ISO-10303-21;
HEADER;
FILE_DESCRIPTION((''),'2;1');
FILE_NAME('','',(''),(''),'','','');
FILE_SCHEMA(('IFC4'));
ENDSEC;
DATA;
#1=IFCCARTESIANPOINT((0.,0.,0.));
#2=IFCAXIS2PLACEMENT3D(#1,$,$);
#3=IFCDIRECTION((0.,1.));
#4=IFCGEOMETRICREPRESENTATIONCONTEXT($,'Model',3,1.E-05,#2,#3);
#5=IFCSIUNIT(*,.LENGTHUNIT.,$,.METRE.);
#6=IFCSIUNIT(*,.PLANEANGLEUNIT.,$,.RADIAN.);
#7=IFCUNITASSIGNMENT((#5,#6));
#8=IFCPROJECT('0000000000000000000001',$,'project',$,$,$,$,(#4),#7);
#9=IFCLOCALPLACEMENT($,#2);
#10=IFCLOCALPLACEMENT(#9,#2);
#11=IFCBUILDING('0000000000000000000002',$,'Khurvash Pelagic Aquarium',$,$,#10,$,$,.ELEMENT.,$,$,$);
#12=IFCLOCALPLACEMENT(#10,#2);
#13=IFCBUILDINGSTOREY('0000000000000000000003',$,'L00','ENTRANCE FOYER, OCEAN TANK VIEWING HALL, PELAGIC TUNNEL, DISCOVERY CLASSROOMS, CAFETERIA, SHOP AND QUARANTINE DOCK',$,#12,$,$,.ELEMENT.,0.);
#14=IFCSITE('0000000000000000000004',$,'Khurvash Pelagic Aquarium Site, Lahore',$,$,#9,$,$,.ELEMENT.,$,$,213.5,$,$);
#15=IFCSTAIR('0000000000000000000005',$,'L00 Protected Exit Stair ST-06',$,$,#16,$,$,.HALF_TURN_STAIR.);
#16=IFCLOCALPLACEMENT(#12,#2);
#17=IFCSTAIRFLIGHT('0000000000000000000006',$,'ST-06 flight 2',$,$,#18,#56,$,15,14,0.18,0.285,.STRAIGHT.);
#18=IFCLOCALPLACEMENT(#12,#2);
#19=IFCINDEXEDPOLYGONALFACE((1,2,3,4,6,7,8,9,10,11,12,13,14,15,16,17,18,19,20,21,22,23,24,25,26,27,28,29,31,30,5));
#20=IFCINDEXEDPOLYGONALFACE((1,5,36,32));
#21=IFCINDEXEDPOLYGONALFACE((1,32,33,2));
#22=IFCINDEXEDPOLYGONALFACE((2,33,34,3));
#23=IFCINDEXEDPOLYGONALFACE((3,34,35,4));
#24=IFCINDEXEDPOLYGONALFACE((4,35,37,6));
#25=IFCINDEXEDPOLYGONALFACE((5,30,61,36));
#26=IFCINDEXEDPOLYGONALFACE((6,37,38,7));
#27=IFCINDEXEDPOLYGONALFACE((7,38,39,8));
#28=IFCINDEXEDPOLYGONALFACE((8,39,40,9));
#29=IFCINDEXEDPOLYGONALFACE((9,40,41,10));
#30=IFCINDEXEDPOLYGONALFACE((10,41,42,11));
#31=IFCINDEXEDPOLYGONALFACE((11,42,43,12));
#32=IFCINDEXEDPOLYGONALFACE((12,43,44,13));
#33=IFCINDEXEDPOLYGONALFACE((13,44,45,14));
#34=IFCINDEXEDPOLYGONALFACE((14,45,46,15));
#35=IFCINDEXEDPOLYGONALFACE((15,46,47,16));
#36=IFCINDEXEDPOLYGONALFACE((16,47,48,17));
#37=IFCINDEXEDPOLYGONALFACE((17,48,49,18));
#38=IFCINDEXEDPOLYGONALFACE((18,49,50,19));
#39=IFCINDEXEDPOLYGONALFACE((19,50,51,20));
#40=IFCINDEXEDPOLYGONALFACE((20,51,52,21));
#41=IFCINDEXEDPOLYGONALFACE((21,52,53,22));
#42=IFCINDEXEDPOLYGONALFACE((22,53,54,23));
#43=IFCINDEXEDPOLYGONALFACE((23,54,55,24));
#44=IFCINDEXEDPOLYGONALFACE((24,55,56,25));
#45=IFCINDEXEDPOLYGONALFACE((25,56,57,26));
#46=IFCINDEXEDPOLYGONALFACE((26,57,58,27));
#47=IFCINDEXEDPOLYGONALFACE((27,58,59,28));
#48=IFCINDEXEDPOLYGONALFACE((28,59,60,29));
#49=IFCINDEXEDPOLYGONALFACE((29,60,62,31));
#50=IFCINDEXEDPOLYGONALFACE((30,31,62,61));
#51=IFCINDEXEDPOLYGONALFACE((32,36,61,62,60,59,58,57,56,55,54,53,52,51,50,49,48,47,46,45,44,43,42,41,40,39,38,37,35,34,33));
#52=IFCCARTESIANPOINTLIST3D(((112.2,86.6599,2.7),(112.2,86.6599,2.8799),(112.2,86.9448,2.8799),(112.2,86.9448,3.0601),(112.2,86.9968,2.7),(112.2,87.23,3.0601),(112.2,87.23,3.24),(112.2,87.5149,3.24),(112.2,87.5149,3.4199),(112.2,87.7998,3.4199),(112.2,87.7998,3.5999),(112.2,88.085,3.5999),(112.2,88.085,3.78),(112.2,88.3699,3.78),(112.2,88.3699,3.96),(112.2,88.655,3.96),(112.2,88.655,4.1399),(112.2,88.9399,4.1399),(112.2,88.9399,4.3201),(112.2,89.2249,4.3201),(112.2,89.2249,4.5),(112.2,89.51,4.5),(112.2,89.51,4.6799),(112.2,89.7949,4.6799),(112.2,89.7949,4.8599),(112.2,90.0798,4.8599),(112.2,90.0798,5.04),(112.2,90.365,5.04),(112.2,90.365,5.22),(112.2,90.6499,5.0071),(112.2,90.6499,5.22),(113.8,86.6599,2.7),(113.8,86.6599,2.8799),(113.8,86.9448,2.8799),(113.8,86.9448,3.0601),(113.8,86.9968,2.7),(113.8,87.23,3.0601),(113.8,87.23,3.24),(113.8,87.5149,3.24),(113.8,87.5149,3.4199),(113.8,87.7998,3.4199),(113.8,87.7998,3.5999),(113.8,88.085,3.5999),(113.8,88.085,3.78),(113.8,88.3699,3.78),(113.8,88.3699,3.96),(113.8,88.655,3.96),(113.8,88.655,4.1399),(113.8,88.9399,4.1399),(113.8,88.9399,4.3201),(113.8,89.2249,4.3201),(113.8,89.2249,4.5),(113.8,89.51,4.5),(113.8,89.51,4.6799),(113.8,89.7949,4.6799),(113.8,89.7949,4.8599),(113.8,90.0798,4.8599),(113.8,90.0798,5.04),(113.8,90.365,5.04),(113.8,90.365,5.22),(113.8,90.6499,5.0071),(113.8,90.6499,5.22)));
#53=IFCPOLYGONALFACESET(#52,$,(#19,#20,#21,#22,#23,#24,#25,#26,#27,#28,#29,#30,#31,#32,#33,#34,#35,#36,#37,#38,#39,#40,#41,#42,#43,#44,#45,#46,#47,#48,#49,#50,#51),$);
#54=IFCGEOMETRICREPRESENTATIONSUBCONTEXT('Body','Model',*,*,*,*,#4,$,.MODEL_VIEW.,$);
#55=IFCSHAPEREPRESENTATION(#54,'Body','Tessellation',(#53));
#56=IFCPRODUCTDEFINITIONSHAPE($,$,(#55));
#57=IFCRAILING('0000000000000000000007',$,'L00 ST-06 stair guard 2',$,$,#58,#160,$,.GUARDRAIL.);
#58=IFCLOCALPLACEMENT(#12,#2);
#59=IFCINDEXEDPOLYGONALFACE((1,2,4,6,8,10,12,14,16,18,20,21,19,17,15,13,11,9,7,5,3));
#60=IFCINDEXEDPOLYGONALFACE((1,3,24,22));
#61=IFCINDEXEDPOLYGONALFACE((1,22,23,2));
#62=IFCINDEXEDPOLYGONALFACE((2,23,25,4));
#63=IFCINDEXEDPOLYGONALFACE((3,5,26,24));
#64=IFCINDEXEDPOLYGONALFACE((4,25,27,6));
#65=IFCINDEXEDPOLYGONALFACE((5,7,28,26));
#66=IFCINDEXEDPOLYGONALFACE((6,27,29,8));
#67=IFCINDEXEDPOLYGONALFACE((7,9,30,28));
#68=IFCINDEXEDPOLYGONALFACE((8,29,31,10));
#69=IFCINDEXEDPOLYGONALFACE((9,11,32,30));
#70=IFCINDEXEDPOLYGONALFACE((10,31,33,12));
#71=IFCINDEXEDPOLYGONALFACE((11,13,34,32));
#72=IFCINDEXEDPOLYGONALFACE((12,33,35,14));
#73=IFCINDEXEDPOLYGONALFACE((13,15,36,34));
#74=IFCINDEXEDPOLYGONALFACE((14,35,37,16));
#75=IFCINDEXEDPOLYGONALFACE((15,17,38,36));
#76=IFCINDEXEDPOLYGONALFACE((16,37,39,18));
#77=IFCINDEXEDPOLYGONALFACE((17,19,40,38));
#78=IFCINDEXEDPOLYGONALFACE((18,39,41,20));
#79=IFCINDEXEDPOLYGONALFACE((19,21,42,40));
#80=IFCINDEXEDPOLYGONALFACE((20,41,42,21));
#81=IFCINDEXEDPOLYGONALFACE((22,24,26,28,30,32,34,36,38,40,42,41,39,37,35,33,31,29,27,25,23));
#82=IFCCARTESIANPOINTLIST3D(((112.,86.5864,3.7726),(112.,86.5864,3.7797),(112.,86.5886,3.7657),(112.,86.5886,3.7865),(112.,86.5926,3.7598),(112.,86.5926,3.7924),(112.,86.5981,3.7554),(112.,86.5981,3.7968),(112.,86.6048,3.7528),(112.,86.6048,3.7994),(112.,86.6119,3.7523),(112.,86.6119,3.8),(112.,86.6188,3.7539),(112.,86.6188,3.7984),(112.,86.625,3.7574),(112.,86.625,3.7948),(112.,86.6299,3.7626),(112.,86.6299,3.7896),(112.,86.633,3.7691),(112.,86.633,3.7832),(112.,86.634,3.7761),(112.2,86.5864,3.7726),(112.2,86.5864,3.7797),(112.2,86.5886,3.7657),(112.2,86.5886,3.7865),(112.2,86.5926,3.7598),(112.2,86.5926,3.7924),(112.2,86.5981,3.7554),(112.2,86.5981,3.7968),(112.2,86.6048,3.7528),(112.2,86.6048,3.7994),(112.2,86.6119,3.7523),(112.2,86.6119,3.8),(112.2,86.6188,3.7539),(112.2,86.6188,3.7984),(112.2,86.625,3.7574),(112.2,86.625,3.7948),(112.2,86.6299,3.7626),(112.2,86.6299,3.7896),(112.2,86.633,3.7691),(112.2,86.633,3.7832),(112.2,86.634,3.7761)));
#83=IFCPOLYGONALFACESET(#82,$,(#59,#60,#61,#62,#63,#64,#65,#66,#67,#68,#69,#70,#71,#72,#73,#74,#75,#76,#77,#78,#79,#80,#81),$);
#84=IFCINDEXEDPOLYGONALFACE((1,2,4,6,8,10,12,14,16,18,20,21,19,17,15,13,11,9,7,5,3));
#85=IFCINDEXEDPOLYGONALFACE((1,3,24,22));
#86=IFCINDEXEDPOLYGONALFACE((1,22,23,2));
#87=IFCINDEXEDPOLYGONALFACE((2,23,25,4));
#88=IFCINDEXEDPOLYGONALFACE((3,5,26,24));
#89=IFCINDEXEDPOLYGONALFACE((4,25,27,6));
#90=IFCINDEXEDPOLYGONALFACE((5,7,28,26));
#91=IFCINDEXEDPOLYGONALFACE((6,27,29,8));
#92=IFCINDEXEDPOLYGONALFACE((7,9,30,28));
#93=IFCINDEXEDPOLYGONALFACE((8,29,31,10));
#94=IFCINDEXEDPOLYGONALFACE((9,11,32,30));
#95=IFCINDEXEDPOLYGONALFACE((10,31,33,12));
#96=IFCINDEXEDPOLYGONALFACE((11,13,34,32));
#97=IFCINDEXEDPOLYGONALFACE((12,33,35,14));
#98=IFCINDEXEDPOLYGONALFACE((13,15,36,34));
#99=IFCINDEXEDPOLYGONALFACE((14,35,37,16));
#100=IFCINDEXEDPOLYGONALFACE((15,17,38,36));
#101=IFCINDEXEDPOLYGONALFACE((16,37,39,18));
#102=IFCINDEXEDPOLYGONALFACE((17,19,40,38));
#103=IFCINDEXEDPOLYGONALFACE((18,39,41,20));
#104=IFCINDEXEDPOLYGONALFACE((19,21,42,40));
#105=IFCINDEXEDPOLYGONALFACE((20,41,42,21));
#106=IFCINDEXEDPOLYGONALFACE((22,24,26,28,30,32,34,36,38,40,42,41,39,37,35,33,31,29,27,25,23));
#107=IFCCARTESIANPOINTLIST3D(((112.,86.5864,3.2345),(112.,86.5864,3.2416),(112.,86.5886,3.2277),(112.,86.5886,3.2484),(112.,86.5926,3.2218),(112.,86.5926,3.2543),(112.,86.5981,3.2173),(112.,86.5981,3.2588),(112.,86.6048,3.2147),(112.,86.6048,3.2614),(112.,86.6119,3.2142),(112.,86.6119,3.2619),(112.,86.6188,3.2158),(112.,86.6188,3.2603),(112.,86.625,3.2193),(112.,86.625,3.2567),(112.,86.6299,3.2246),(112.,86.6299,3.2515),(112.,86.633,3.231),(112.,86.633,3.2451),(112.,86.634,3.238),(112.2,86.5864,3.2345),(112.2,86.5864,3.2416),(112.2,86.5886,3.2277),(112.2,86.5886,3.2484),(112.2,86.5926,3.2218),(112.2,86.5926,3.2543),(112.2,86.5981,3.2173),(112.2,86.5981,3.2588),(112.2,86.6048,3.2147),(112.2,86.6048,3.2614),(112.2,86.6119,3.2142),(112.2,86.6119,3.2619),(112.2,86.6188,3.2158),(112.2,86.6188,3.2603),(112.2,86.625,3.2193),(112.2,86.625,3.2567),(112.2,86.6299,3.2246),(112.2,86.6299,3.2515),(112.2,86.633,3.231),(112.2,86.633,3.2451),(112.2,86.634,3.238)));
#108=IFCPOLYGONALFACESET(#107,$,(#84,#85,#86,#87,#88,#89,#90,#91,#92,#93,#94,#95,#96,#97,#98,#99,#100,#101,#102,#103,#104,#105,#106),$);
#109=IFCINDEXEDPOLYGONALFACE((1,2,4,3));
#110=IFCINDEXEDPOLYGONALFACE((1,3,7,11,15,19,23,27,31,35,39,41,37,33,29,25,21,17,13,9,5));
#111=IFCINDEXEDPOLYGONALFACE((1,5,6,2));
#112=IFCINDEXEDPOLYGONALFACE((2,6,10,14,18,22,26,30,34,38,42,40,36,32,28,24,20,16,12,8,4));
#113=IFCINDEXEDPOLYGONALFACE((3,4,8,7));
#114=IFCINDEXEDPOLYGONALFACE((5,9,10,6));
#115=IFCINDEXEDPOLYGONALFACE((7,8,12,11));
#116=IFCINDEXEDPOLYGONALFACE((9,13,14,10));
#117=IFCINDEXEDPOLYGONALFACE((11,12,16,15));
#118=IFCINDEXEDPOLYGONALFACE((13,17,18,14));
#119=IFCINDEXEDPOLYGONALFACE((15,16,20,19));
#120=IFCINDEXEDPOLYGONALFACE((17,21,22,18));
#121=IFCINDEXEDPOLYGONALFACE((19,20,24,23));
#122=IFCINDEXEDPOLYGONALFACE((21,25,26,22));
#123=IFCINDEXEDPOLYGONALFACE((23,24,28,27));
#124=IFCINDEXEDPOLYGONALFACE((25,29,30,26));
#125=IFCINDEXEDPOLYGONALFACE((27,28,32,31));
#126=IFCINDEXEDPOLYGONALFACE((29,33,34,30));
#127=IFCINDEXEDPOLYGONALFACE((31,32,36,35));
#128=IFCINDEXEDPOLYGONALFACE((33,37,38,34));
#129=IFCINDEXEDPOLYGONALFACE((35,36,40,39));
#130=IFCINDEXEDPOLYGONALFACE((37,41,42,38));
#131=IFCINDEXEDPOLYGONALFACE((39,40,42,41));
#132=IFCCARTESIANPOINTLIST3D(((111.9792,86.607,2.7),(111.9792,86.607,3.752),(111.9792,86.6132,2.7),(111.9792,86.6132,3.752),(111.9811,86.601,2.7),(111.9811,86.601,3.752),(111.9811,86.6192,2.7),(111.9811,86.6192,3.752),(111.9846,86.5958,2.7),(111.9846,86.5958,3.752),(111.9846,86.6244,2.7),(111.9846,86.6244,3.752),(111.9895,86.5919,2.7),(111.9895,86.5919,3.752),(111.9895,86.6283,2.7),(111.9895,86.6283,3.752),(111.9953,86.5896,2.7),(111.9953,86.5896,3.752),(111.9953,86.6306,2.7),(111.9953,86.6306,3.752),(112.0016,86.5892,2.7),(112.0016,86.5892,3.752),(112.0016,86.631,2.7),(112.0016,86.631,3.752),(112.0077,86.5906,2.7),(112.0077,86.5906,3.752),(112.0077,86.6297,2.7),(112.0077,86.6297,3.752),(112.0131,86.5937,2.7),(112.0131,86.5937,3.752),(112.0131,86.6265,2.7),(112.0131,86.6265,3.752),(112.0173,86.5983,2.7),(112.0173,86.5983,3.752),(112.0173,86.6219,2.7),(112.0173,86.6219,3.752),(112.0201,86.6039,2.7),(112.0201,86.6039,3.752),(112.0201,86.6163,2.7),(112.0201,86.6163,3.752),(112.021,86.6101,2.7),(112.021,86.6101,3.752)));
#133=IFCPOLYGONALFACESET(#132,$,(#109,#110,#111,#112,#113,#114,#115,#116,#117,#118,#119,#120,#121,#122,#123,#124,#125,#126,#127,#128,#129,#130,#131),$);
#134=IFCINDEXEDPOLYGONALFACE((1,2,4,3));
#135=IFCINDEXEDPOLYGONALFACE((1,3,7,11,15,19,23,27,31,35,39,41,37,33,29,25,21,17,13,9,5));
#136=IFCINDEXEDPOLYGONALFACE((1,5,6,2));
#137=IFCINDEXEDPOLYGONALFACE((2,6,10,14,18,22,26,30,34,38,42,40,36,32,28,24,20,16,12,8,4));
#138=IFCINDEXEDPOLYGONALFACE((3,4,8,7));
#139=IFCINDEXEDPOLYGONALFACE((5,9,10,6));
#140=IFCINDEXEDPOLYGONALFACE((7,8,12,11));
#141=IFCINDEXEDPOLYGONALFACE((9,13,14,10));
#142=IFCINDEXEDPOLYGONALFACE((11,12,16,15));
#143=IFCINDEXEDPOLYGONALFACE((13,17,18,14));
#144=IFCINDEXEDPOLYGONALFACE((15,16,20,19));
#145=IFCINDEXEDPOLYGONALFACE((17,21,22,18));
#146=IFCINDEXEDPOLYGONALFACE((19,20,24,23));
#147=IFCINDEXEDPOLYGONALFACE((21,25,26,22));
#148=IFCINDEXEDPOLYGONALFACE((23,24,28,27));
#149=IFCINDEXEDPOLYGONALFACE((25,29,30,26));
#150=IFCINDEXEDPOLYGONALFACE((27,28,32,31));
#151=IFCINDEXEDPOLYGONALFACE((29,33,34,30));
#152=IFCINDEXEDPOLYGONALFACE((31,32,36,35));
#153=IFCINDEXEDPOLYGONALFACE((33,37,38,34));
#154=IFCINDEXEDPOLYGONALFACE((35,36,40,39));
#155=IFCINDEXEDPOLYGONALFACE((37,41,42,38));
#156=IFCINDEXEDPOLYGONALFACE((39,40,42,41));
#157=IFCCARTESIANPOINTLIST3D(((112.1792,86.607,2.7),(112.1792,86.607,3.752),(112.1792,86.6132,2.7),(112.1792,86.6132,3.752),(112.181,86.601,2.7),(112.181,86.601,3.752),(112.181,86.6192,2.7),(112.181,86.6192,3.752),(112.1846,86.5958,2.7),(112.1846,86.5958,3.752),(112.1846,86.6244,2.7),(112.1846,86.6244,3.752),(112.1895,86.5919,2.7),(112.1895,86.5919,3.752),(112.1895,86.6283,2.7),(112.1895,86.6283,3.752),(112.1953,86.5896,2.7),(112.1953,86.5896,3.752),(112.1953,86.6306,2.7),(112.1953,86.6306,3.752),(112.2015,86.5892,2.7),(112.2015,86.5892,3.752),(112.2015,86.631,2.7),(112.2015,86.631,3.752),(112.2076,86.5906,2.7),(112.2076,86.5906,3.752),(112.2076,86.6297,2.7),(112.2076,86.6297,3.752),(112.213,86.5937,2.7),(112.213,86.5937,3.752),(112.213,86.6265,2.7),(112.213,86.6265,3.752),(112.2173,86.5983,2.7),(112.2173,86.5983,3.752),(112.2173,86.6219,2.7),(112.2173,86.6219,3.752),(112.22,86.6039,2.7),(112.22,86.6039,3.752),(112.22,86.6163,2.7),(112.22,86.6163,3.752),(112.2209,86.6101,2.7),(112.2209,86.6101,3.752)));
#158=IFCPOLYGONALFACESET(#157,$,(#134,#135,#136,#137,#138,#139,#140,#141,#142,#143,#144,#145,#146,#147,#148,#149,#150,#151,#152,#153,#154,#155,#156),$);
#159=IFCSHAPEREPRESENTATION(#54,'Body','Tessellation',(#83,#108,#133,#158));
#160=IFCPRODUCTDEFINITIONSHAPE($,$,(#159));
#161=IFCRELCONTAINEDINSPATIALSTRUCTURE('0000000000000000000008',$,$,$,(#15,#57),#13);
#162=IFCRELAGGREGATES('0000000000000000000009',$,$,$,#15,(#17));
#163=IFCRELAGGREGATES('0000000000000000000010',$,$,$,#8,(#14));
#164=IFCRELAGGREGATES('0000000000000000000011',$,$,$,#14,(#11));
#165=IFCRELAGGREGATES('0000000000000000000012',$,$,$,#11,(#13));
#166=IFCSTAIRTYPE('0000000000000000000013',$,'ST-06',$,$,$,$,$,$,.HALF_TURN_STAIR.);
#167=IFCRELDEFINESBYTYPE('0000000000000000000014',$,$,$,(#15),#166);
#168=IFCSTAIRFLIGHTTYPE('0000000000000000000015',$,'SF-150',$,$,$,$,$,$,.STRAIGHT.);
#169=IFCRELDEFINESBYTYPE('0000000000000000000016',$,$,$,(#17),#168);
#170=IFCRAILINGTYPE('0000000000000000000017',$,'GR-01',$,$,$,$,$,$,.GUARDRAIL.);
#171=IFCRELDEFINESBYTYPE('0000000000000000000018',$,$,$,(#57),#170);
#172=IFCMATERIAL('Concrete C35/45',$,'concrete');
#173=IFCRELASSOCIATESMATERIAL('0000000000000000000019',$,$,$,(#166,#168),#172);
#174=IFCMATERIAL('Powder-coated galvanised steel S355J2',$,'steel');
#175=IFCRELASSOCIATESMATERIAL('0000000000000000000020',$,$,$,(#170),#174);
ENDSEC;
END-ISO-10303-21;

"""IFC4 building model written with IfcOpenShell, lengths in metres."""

from ifc_helpers import new_model, si_unit, direction, frame, origin, origin_2d, place, context, subcontext, project, spatial, polyline, circle, outline, extrude, material, type_object, element, aggregate, save


model = new_model("IFC4")

# Units and contexts
model_context = context("Model", 3, precision=1e-05, world=origin(), true_north=direction((0.0, 1.0)))
body_context = subcontext(model_context, "Body", "Model", "MODEL_VIEW")
ifc_project = project(units=[si_unit("LENGTHUNIT", "METRE"), si_unit("PLANEANGLEUNIT", "RADIAN")], contexts=[model_context])

# Site, building, storey
site_placement = place(None, origin())
site = spatial("IfcSite", under=ifc_project, at=site_placement, Name="Khurvash Pelagic Aquarium Site, Lahore", CompositionType="ELEMENT", RefElevation=213.5)
building_placement = place(site_placement, origin())
building = spatial("IfcBuilding", under=site, at=building_placement, Name="Khurvash Pelagic Aquarium", CompositionType="ELEMENT")
storey_placement = place(building_placement, origin())
storey = spatial("IfcBuildingStorey", under=building, at=storey_placement, Name="L00", Description="ENTRANCE FOYER, OCEAN TANK VIEWING HALL, PELAGIC TUNNEL, DISCOVERY CLASSROOMS, CAFETERIA, SHOP AND QUARANTINE DOCK", CompositionType="ELEMENT", Elevation=0.0)

# Shared definitions
ifc_material_1 = material(Name="Concrete C35/45", Category="concrete")

# Stair, stair flight
stair_type = type_object("IfcStairType", Name="ST-06", PredefinedType="HALF_TURN_STAIR", material=ifc_material_1)
stair_placement = place(storey_placement, origin())
stair = element("IfcStair", 1, at=stair_placement, inside=storey, type_object=stair_type, Name="L00 Protected Exit Stair ST-06", PredefinedType="HALF_TURN_STAIR")
stair_flight_type = type_object("IfcStairFlightType", Name="SF-150", PredefinedType="STRAIGHT", material=ifc_material_1)
stair_flight_1_placement = place(storey_placement, frame((113.0, 86.6599, 2.7), z_axis=(0.0, 0.0, 1.0), x_axis=(0.0, 1.0, 0.0)))
stair_flight_1 = element("IfcStairFlight", 2, at=stair_flight_1_placement, type_object=stair_flight_type, Name="ST-06 flight 2", NumberOfRisers=15, NumberOfTreads=14, PredefinedType="STRAIGHT", RiserHeight=0.18, TreadLength=0.285, context=body_context, shape_type="SweptSolid", body=[
    extrude(outline(polyline([(0.0, 0.0), (0.0, 0.1799), (0.2849, 0.1799), (0.2849, 0.3601), (0.5701, 0.3601), (0.5701, 0.54), (0.855, 0.54), (0.855, 0.72), (1.1399, 0.72), (1.1399, 0.8999), (1.425, 0.8999), (1.425, 1.0801), (1.71, 1.0801), (1.71, 1.26), (1.9951, 1.26), (1.9951, 1.4399), (2.28, 1.4399), (2.28, 1.6201), (2.5649, 1.6201), (2.5649, 1.8), (2.8501, 1.8), (2.8501, 1.98), (3.135, 1.98), (3.135, 2.1599), (3.4199, 2.1599), (3.4199, 2.3401), (3.7051, 2.3401), (3.7051, 2.52), (3.99, 2.52), (3.99, 2.7), (3.99, 2.3071), (0.3369, 0.0), (0.0, 0.0)])), frame((0.0, 0.8, 0.0), z_axis=(0.0, -1.0, 0.0), x_axis=(1.0, 0.0, 0.0)), (0.0, 0.0, 1.0), 1.6001),
])
aggregate(stair, [stair_flight_1])

# Railing
ifc_material_2 = material(Name="Powder-coated galvanised steel S355J2", Category="steel")
railing_type_1 = type_object("IfcRailingType", Name="GR-01", PredefinedType="GUARDRAIL", material=ifc_material_2)
railing_1_placement = place(storey_placement, frame((112.0, 86.6101, 2.7)))
element("IfcRailing", 3, at=railing_1_placement, inside=storey, type_object=railing_type_1, Name="L00 ST-06 stair guard 2", PredefinedType="GUARDRAIL", context=body_context, shape_type="SweptSolid", body=[
    extrude(circle(Radius=0.0239, at=origin_2d()), frame((0.0, 0.0, 1.0762), z_axis=(1.0, 0.0, 0.0), x_axis=(0.0, 1.0, 0.0)), (0.0, 0.0, 1.0), 0.2),
    extrude(circle(Radius=0.0239, at=origin_2d()), frame((0.0, 0.0, 0.5381), z_axis=(1.0, 0.0, 0.0), x_axis=(0.0, 1.0, 0.0)), (0.0, 0.0, 1.0), 0.2),
    extrude(circle(Radius=0.021, at=origin_2d()), origin(), (0.0, 0.0, 1.0), 1.052),
    extrude(circle(Radius=0.021, at=origin_2d()), frame((0.2, 0.0, 0.0)), (0.0, 0.0, 1.0), 1.052),
])

save(model, "model.ifc")
